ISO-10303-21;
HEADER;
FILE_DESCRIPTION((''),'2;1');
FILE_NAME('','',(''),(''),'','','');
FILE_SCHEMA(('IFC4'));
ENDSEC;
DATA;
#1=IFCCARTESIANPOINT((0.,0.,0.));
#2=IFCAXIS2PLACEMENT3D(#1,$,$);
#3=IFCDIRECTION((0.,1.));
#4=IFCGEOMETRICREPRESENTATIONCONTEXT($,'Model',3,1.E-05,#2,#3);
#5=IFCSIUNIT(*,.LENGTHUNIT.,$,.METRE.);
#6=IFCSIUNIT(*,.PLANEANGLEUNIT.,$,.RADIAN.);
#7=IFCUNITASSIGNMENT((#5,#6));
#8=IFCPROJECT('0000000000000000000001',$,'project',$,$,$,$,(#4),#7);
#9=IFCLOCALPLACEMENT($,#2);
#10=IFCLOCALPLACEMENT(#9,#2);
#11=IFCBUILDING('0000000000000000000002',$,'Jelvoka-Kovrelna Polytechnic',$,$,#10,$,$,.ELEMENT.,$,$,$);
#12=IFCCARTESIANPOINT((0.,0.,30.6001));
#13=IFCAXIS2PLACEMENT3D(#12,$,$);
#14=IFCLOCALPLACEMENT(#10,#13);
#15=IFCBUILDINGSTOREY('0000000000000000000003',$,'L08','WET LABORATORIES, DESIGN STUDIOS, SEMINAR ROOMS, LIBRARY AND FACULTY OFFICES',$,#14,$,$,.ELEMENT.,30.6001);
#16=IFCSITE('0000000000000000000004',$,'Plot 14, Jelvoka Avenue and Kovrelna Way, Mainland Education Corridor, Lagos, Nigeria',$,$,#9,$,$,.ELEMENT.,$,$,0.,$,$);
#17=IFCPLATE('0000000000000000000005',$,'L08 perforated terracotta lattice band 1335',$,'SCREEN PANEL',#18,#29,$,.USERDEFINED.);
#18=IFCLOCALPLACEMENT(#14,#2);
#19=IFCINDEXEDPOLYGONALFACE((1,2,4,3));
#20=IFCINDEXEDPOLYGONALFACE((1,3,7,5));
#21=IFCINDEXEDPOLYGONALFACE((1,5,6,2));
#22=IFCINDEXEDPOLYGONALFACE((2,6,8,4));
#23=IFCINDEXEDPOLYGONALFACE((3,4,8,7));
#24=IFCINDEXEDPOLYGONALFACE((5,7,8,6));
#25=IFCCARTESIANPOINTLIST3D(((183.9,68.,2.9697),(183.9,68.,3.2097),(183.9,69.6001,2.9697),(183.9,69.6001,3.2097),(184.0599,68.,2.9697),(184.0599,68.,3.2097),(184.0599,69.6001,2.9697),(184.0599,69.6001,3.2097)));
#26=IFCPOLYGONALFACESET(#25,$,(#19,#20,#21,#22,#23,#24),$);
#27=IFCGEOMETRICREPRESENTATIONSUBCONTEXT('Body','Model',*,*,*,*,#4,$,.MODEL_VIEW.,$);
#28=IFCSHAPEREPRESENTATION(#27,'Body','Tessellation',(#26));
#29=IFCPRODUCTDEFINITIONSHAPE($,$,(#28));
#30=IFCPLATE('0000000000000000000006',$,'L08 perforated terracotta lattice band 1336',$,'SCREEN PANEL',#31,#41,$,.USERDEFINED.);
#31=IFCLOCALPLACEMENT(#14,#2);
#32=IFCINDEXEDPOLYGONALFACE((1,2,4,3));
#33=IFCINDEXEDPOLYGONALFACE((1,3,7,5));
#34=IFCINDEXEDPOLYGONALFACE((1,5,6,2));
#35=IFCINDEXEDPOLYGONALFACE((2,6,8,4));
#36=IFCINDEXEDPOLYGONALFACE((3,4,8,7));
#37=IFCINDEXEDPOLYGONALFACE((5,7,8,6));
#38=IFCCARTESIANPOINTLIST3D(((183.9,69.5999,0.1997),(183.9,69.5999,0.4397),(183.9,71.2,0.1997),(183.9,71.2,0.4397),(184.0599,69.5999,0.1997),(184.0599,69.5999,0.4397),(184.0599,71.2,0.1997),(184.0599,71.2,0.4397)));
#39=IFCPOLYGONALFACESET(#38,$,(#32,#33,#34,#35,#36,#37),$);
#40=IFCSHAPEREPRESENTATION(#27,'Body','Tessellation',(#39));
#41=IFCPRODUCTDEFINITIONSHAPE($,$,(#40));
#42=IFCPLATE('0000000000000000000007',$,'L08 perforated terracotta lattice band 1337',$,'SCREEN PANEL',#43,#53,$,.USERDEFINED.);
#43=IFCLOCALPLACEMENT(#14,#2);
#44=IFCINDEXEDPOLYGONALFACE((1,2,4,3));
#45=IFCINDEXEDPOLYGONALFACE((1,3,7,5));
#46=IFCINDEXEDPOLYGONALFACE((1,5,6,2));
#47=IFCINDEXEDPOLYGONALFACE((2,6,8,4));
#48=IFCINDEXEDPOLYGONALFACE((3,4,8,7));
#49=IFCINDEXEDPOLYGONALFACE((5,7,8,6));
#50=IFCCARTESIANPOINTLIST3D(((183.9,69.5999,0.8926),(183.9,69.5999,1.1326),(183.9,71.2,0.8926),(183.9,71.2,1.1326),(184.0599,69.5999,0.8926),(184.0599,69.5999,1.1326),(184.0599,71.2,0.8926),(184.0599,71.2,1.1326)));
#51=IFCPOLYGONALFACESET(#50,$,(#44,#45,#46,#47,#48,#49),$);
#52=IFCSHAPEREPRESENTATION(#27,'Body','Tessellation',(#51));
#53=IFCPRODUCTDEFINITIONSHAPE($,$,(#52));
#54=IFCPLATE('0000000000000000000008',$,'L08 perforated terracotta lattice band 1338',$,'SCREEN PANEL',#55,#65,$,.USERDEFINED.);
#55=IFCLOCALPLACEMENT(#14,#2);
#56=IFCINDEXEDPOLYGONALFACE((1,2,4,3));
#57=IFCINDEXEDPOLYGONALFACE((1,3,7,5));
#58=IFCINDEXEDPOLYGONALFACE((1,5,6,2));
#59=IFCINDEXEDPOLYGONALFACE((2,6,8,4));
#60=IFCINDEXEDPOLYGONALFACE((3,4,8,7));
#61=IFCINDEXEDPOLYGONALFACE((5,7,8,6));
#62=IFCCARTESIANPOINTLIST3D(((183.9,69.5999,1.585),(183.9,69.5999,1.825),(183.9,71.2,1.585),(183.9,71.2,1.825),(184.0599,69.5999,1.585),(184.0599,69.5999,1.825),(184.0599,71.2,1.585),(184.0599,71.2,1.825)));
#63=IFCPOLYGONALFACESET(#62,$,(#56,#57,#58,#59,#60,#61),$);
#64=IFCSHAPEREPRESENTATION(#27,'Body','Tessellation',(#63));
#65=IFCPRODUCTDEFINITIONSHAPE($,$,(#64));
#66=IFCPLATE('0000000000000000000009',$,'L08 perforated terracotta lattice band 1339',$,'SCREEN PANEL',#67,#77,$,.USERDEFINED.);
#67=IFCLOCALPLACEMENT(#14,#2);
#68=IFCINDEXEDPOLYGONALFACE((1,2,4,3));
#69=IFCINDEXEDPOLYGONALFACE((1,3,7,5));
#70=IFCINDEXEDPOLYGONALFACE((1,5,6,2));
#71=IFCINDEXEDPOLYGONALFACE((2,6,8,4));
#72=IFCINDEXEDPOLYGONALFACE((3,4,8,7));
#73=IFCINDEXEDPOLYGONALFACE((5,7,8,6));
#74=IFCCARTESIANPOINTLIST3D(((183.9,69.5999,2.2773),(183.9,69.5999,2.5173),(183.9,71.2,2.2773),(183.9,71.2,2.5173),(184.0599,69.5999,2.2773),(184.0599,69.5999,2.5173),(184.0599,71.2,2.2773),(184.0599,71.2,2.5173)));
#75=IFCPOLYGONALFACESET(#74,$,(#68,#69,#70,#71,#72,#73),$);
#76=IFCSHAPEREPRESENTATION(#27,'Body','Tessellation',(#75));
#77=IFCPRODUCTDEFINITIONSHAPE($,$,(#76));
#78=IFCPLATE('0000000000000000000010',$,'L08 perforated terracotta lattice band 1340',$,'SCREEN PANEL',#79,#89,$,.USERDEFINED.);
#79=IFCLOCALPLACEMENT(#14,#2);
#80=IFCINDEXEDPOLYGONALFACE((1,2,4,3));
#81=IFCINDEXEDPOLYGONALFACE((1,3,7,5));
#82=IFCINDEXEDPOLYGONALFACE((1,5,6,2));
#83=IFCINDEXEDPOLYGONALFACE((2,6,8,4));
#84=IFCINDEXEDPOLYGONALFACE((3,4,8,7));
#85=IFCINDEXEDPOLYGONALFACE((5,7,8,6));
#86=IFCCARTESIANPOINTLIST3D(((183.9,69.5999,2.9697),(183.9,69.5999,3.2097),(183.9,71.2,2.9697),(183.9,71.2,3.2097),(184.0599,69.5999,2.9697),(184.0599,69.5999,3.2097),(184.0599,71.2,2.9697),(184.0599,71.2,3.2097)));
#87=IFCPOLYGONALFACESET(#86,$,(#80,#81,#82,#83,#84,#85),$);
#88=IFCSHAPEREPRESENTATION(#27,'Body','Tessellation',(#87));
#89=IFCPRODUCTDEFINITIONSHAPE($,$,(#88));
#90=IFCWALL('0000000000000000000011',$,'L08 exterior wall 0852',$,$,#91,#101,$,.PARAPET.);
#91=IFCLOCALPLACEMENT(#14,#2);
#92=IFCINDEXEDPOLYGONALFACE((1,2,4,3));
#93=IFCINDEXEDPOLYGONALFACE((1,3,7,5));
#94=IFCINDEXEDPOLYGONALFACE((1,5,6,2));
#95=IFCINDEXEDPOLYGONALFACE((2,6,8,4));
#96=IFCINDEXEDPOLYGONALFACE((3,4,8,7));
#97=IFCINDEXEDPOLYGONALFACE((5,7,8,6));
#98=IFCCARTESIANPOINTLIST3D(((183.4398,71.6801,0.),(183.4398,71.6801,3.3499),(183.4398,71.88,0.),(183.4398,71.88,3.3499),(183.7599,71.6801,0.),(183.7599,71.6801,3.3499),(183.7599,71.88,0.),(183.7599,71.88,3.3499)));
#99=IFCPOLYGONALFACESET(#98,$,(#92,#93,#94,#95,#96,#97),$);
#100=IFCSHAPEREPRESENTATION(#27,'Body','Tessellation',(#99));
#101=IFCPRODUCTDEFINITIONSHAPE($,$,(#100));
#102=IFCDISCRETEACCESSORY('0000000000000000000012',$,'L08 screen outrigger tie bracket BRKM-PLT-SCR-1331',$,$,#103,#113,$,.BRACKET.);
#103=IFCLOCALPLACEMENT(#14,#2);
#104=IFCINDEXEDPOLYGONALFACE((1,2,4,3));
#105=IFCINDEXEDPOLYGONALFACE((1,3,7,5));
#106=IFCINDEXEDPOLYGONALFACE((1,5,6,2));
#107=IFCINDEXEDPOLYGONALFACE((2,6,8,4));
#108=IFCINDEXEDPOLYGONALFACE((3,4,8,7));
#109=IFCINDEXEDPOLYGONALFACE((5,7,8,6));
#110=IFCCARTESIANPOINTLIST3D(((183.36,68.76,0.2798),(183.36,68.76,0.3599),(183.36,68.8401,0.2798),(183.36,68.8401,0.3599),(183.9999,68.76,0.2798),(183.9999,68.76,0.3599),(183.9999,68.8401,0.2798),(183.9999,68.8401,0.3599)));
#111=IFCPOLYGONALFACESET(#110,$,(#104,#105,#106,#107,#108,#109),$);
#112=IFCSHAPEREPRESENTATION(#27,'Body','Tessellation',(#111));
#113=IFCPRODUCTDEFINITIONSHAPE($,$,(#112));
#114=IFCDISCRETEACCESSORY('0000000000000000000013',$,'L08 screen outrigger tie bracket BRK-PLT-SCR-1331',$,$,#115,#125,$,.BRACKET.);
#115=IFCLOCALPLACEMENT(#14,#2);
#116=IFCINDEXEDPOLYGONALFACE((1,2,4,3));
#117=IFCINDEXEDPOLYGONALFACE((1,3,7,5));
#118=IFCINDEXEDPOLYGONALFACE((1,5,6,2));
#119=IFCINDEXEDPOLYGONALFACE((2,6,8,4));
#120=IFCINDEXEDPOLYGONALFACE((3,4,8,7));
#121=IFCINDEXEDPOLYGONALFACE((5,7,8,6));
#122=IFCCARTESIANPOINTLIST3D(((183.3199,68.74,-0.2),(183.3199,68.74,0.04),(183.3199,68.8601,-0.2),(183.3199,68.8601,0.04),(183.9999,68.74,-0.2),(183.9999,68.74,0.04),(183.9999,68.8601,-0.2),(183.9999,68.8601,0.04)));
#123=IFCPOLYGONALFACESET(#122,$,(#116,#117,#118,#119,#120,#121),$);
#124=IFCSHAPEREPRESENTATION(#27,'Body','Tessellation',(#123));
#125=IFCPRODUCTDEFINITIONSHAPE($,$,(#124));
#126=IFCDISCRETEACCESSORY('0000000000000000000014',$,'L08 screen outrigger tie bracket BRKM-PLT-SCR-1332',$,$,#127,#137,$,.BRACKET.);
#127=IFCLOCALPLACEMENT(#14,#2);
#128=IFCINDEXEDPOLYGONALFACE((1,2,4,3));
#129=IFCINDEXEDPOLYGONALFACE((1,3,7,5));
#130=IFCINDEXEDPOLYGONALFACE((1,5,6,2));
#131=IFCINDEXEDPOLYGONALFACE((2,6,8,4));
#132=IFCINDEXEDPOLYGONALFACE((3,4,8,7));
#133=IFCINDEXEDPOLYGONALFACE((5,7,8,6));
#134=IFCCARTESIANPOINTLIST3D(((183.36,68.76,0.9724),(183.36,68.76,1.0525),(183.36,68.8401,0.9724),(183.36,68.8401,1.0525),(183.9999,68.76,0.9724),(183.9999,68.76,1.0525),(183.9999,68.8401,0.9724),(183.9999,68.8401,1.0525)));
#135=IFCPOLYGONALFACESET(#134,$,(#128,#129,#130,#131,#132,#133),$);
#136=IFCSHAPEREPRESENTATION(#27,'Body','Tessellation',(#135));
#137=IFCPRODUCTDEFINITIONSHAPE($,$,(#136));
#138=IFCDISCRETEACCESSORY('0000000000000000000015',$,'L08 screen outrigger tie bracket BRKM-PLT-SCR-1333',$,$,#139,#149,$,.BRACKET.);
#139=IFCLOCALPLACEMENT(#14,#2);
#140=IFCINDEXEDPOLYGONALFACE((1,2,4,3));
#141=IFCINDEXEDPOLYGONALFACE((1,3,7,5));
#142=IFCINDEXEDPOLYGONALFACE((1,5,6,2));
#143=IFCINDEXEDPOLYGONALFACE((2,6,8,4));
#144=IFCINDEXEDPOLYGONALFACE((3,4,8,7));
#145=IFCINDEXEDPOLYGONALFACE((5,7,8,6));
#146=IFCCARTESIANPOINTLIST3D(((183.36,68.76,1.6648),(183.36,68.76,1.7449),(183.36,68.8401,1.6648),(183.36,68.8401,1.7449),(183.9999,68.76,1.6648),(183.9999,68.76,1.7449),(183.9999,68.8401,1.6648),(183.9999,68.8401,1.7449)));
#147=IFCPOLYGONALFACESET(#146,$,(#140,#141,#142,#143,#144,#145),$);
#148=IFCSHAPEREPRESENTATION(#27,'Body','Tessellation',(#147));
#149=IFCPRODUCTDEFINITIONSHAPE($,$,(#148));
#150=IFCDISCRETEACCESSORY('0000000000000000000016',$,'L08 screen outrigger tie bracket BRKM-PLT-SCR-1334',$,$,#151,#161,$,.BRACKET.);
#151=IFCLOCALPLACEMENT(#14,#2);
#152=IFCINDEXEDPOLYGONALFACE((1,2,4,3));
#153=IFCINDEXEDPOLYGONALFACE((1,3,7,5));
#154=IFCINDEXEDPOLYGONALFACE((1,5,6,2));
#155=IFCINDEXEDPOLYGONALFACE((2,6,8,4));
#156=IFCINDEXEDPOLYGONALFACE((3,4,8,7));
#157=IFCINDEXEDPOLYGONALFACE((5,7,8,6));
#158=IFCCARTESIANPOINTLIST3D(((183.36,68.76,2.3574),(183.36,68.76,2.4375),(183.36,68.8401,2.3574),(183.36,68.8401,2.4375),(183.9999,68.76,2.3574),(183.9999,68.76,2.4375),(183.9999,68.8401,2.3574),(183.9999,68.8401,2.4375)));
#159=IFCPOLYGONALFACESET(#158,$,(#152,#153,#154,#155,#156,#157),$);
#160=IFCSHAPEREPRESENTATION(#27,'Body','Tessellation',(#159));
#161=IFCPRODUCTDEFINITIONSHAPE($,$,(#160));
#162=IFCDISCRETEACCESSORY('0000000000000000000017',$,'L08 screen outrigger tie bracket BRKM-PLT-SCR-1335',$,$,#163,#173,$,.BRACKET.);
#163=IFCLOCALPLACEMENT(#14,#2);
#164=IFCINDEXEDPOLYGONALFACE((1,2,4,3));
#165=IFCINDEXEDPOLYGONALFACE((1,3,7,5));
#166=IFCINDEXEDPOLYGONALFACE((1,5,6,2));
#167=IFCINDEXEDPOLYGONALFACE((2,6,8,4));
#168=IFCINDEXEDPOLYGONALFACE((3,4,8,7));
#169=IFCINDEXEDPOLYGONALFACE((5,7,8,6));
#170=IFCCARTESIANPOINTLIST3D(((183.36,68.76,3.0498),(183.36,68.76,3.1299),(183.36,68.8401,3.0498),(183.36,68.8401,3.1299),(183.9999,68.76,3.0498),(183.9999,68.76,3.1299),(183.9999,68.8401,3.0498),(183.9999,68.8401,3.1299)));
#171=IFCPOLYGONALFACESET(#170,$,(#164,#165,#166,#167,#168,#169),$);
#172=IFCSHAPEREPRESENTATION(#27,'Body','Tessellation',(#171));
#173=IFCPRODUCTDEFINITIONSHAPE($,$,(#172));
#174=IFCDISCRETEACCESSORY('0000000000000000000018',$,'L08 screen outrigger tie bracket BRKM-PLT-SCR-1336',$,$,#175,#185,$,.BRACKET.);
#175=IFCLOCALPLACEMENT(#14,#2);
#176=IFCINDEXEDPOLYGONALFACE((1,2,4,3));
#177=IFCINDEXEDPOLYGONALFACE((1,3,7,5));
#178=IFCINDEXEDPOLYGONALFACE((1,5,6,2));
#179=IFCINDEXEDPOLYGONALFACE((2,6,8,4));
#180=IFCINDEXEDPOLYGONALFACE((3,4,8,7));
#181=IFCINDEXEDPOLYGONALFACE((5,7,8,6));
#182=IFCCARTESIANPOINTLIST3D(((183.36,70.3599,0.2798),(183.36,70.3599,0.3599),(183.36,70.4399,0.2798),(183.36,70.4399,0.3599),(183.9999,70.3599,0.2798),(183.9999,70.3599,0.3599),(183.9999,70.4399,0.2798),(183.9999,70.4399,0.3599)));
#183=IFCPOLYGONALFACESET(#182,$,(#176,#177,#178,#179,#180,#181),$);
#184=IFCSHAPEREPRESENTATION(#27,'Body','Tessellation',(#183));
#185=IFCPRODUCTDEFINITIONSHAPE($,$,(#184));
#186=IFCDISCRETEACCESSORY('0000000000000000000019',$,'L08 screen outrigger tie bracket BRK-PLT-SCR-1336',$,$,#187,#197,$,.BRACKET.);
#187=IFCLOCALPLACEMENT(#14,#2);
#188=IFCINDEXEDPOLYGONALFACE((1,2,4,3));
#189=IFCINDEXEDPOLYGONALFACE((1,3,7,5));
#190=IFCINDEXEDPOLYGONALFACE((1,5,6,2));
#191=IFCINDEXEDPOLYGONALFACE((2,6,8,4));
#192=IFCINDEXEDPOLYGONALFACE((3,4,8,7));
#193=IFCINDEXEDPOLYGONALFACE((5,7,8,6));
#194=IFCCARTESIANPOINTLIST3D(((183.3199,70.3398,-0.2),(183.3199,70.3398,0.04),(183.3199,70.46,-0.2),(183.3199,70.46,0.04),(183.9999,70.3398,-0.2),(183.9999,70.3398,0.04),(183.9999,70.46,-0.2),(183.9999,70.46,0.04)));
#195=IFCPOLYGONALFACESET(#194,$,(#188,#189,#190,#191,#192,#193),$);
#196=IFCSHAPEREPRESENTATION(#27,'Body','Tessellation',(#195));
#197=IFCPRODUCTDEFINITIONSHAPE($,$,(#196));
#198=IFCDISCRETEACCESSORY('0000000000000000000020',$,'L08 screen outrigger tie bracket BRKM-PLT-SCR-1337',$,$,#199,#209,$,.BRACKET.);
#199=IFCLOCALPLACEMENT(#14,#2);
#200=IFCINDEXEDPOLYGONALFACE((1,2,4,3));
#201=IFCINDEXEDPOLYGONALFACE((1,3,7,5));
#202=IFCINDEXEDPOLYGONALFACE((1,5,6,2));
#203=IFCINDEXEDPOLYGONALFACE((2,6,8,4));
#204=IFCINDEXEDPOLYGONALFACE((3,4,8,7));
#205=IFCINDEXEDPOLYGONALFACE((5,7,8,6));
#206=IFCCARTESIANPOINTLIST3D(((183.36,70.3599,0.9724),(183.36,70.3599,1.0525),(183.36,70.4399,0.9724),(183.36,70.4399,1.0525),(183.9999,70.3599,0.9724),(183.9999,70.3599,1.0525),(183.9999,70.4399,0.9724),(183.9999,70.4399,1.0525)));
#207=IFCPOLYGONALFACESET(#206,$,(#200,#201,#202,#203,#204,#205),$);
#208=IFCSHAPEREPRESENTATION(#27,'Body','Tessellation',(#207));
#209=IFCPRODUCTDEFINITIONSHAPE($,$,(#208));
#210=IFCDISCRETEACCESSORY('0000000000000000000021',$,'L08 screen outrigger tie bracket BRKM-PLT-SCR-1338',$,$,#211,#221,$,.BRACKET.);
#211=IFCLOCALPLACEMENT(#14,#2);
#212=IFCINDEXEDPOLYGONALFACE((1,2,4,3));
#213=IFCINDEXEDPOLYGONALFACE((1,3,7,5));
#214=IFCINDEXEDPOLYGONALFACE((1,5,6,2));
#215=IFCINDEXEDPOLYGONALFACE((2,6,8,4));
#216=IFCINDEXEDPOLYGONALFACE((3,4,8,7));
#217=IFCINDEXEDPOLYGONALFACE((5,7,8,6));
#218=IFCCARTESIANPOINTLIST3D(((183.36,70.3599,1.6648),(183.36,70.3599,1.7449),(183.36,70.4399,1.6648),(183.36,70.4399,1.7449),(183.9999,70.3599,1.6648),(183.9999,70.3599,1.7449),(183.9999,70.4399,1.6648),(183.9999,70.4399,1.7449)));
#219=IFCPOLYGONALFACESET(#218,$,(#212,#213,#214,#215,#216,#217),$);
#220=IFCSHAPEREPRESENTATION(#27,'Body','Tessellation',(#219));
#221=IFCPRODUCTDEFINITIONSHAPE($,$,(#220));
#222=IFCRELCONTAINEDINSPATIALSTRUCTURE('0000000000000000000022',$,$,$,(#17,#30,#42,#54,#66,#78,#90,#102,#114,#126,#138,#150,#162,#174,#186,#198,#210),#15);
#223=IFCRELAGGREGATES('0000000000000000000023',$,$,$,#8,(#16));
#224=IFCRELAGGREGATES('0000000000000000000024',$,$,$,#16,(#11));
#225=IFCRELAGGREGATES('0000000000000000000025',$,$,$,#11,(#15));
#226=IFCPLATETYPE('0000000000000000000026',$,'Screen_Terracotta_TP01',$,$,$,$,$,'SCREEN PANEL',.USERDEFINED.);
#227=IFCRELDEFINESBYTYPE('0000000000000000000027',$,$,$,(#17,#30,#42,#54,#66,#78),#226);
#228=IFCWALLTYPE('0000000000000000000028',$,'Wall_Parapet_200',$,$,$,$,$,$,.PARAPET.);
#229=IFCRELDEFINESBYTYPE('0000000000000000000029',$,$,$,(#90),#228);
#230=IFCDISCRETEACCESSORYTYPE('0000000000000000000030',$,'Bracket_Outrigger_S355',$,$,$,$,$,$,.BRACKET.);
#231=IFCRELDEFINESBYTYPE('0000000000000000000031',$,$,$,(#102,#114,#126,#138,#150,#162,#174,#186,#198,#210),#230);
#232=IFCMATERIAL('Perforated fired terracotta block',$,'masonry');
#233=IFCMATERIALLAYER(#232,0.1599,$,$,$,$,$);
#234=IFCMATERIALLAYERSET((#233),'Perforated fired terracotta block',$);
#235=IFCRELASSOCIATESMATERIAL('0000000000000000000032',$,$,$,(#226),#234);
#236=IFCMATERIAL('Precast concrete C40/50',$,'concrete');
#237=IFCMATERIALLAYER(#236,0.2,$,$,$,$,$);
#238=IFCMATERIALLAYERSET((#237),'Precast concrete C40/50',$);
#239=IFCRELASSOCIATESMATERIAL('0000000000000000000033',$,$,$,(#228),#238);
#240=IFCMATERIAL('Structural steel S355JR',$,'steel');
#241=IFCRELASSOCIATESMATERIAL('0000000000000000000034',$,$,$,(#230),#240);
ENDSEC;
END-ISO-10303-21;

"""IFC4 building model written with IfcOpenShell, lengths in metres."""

from ifc_helpers import new_model, si_unit, direction, frame, frame_2d, origin, origin_2d, place, context, subcontext, project, spatial, rectangle, extrude, material, layer, layer_set, type_object, element, save


model = new_model("IFC4")

# Units and contexts
model_context = context("Model", 3, precision=1e-05, world=origin(), true_north=direction((0.0, 1.0)))
body_context = subcontext(model_context, "Body", "Model", "MODEL_VIEW")
ifc_project = project(units=[si_unit("LENGTHUNIT", "METRE"), si_unit("PLANEANGLEUNIT", "RADIAN")], contexts=[model_context])

# Site, building, storey
site_placement = place(None, origin())
site = spatial("IfcSite", under=ifc_project, at=site_placement, Name="Plot 14, Jelvoka Avenue and Kovrelna Way, Mainland Education Corridor, Lagos, Nigeria", CompositionType="ELEMENT", RefElevation=0.0)
building_placement = place(site_placement, origin())
building = spatial("IfcBuilding", under=site, at=building_placement, Name="Jelvoka-Kovrelna Polytechnic", CompositionType="ELEMENT")
storey_placement = place(building_placement, frame((0.0, 0.0, 30.6001)))
storey = spatial("IfcBuildingStorey", under=building, at=storey_placement, Name="L08", Description="WET LABORATORIES, DESIGN STUDIOS, SEMINAR ROOMS, LIBRARY AND FACULTY OFFICES", CompositionType="ELEMENT", Elevation=30.6001)

# Plates
ifc_material_1 = material(Name="Perforated fired terracotta block", Category="masonry")
ifc_layer_1 = layer(ifc_material_1, 0.1599)
ifc_layer_set_1 = layer_set([ifc_layer_1], Name="Perforated fired terracotta block")
plate_type_1 = type_object("IfcPlateType", Name="Screen_Terracotta_TP01", ElementType="SCREEN PANEL", PredefinedType="USERDEFINED", material=ifc_layer_set_1)
for number, where, z_axis, x_axis, name in (
    (1, (183.98, 68.8, 2.9697), (0.0, 0.0, 1.0), (0.0, 1.0, 0.0), "L08 perforated terracotta lattice band 1335"),
    (2, (183.98, 70.3999, 0.1997), (0.0, 0.0, 1.0), (0.0, 1.0, 0.0), "L08 perforated terracotta lattice band 1336"),
    (3, (183.98, 70.3999, 0.8926), (0.0, 0.0, 1.0), (0.0, 1.0, 0.0), "L08 perforated terracotta lattice band 1337"),
    (4, (183.98, 70.3999, 1.585), (0.0, 0.0, 1.0), (0.0, 1.0, 0.0), "L08 perforated terracotta lattice band 1338"),
    (5, (183.98, 70.3999, 2.2773), (0.0, 0.0, 1.0), (0.0, 1.0, 0.0), "L08 perforated terracotta lattice band 1339"),
    (6, (183.98, 70.3999, 2.9697), (0.0, 0.0, 1.0), (0.0, 1.0, 0.0), "L08 perforated terracotta lattice band 1340"),
):
    element("IfcPlate", number, at=place(storey_placement, frame(where, z_axis=z_axis, x_axis=x_axis)), inside=storey, type_object=plate_type_1, Name=name, ObjectType="SCREEN PANEL", PredefinedType="USERDEFINED", context=body_context, shape_type="SweptSolid", body=[
        extrude(rectangle(XDim=1.6001, YDim=0.1599, at=origin_2d()), origin(), (0.0, 0.0, 1.0), 0.24),
    ])

# Wall
ifc_material_2 = material(Name="Precast concrete C40/50", Category="concrete")
ifc_layer_2 = layer(ifc_material_2, 0.2)
ifc_layer_set_2 = layer_set([ifc_layer_2], Name="Precast concrete C40/50")
wall_type = type_object("IfcWallType", Name="Wall_Parapet_200", PredefinedType="PARAPET", material=ifc_layer_set_2)
wall_placement = place(storey_placement, frame((183.76, 71.78, 0.0), z_axis=(0.0, 0.0, 1.0), x_axis=(-1.0, 0.0, 0.0)))
element("IfcWall", 7, at=wall_placement, inside=storey, type_object=wall_type, Name="L08 exterior wall 0852", PredefinedType="PARAPET", context=body_context, shape_type="SweptSolid", body=[
    extrude(rectangle(XDim=0.3201, YDim=0.2, at=frame_2d((0.1602, 0.0))), origin(), (0.0, 0.0, 1.0), 3.3499),
])

# Discrete accessories
ifc_material_3 = material(Name="Structural steel S355JR", Category="steel")
discrete_accessory_type = type_object("IfcDiscreteAccessoryType", Name="Bracket_Outrigger_S355", PredefinedType="BRACKET", material=ifc_material_3)
discrete_accessory_1_placement = place(storey_placement, frame((183.6799, 68.8, 0.2798), z_axis=(0.0, 0.0, 1.0), x_axis=(1.0, 0.0, 0.0)))
element("IfcDiscreteAccessory", 8, at=discrete_accessory_1_placement, inside=storey, type_object=discrete_accessory_type, Name="L08 screen outrigger tie bracket BRKM-PLT-SCR-1331", PredefinedType="BRACKET", context=body_context, shape_type="SweptSolid", body=[
    extrude(rectangle(XDim=0.6399, YDim=0.0801, at=origin_2d()), origin(), (0.0, 0.0, 1.0), 0.0801),
])
discrete_accessory_2_placement = place(storey_placement, frame((183.6599, 68.8, -0.2), z_axis=(0.0, 0.0, 1.0), x_axis=(1.0, 0.0, 0.0)))
element("IfcDiscreteAccessory", 9, at=discrete_accessory_2_placement, inside=storey, type_object=discrete_accessory_type, Name="L08 screen outrigger tie bracket BRK-PLT-SCR-1331", PredefinedType="BRACKET", context=body_context, shape_type="SweptSolid", body=[
    extrude(rectangle(XDim=0.6799, YDim=0.1201, at=origin_2d()), origin(), (0.0, 0.0, 1.0), 0.24),
])
for number, where, z_axis, x_axis, name in (
    (10, (183.6799, 68.8, 0.9724), (0.0, 0.0, 1.0), (1.0, 0.0, 0.0), "L08 screen outrigger tie bracket BRKM-PLT-SCR-1332"),
    (11, (183.6799, 68.8, 1.6648), (0.0, 0.0, 1.0), (1.0, 0.0, 0.0), "L08 screen outrigger tie bracket BRKM-PLT-SCR-1333"),
    (12, (183.6799, 68.8, 2.3574), (0.0, 0.0, 1.0), (1.0, 0.0, 0.0), "L08 screen outrigger tie bracket BRKM-PLT-SCR-1334"),
    (13, (183.6799, 68.8, 3.0498), (0.0, 0.0, 1.0), (1.0, 0.0, 0.0), "L08 screen outrigger tie bracket BRKM-PLT-SCR-1335"),
    (14, (183.6799, 70.3999, 0.2798), (0.0, 0.0, 1.0), (1.0, 0.0, 0.0), "L08 screen outrigger tie bracket BRKM-PLT-SCR-1336"),
):
    element("IfcDiscreteAccessory", number, at=place(storey_placement, frame(where, z_axis=z_axis, x_axis=x_axis)), inside=storey, type_object=discrete_accessory_type, Name=name, PredefinedType="BRACKET", context=body_context, shape_type="SweptSolid", body=[
        extrude(rectangle(XDim=0.6399, YDim=0.0801, at=origin_2d()), origin(), (0.0, 0.0, 1.0), 0.0801),
    ])
discrete_accessory_3_placement = place(storey_placement, frame((183.6599, 70.3999, -0.2), z_axis=(0.0, 0.0, 1.0), x_axis=(1.0, 0.0, 0.0)))
element("IfcDiscreteAccessory", 15, at=discrete_accessory_3_placement, inside=storey, type_object=discrete_accessory_type, Name="L08 screen outrigger tie bracket BRK-PLT-SCR-1336", PredefinedType="BRACKET", context=body_context, shape_type="SweptSolid", body=[
    extrude(rectangle(XDim=0.6799, YDim=0.1201, at=origin_2d()), origin(), (0.0, 0.0, 1.0), 0.24),
])
for number, where, z_axis, x_axis, name in (
    (16, (183.6799, 70.3999, 0.9724), (0.0, 0.0, 1.0), (1.0, 0.0, 0.0), "L08 screen outrigger tie bracket BRKM-PLT-SCR-1337"),
    (17, (183.6799, 70.3999, 1.6648), (0.0, 0.0, 1.0), (1.0, 0.0, 0.0), "L08 screen outrigger tie bracket BRKM-PLT-SCR-1338"),
):
    element("IfcDiscreteAccessory", number, at=place(storey_placement, frame(where, z_axis=z_axis, x_axis=x_axis)), inside=storey, type_object=discrete_accessory_type, Name=name, PredefinedType="BRACKET", context=body_context, shape_type="SweptSolid", body=[
        extrude(rectangle(XDim=0.6399, YDim=0.0801, at=origin_2d()), origin(), (0.0, 0.0, 1.0), 0.0801),
    ])

save(model, "model.ifc")
